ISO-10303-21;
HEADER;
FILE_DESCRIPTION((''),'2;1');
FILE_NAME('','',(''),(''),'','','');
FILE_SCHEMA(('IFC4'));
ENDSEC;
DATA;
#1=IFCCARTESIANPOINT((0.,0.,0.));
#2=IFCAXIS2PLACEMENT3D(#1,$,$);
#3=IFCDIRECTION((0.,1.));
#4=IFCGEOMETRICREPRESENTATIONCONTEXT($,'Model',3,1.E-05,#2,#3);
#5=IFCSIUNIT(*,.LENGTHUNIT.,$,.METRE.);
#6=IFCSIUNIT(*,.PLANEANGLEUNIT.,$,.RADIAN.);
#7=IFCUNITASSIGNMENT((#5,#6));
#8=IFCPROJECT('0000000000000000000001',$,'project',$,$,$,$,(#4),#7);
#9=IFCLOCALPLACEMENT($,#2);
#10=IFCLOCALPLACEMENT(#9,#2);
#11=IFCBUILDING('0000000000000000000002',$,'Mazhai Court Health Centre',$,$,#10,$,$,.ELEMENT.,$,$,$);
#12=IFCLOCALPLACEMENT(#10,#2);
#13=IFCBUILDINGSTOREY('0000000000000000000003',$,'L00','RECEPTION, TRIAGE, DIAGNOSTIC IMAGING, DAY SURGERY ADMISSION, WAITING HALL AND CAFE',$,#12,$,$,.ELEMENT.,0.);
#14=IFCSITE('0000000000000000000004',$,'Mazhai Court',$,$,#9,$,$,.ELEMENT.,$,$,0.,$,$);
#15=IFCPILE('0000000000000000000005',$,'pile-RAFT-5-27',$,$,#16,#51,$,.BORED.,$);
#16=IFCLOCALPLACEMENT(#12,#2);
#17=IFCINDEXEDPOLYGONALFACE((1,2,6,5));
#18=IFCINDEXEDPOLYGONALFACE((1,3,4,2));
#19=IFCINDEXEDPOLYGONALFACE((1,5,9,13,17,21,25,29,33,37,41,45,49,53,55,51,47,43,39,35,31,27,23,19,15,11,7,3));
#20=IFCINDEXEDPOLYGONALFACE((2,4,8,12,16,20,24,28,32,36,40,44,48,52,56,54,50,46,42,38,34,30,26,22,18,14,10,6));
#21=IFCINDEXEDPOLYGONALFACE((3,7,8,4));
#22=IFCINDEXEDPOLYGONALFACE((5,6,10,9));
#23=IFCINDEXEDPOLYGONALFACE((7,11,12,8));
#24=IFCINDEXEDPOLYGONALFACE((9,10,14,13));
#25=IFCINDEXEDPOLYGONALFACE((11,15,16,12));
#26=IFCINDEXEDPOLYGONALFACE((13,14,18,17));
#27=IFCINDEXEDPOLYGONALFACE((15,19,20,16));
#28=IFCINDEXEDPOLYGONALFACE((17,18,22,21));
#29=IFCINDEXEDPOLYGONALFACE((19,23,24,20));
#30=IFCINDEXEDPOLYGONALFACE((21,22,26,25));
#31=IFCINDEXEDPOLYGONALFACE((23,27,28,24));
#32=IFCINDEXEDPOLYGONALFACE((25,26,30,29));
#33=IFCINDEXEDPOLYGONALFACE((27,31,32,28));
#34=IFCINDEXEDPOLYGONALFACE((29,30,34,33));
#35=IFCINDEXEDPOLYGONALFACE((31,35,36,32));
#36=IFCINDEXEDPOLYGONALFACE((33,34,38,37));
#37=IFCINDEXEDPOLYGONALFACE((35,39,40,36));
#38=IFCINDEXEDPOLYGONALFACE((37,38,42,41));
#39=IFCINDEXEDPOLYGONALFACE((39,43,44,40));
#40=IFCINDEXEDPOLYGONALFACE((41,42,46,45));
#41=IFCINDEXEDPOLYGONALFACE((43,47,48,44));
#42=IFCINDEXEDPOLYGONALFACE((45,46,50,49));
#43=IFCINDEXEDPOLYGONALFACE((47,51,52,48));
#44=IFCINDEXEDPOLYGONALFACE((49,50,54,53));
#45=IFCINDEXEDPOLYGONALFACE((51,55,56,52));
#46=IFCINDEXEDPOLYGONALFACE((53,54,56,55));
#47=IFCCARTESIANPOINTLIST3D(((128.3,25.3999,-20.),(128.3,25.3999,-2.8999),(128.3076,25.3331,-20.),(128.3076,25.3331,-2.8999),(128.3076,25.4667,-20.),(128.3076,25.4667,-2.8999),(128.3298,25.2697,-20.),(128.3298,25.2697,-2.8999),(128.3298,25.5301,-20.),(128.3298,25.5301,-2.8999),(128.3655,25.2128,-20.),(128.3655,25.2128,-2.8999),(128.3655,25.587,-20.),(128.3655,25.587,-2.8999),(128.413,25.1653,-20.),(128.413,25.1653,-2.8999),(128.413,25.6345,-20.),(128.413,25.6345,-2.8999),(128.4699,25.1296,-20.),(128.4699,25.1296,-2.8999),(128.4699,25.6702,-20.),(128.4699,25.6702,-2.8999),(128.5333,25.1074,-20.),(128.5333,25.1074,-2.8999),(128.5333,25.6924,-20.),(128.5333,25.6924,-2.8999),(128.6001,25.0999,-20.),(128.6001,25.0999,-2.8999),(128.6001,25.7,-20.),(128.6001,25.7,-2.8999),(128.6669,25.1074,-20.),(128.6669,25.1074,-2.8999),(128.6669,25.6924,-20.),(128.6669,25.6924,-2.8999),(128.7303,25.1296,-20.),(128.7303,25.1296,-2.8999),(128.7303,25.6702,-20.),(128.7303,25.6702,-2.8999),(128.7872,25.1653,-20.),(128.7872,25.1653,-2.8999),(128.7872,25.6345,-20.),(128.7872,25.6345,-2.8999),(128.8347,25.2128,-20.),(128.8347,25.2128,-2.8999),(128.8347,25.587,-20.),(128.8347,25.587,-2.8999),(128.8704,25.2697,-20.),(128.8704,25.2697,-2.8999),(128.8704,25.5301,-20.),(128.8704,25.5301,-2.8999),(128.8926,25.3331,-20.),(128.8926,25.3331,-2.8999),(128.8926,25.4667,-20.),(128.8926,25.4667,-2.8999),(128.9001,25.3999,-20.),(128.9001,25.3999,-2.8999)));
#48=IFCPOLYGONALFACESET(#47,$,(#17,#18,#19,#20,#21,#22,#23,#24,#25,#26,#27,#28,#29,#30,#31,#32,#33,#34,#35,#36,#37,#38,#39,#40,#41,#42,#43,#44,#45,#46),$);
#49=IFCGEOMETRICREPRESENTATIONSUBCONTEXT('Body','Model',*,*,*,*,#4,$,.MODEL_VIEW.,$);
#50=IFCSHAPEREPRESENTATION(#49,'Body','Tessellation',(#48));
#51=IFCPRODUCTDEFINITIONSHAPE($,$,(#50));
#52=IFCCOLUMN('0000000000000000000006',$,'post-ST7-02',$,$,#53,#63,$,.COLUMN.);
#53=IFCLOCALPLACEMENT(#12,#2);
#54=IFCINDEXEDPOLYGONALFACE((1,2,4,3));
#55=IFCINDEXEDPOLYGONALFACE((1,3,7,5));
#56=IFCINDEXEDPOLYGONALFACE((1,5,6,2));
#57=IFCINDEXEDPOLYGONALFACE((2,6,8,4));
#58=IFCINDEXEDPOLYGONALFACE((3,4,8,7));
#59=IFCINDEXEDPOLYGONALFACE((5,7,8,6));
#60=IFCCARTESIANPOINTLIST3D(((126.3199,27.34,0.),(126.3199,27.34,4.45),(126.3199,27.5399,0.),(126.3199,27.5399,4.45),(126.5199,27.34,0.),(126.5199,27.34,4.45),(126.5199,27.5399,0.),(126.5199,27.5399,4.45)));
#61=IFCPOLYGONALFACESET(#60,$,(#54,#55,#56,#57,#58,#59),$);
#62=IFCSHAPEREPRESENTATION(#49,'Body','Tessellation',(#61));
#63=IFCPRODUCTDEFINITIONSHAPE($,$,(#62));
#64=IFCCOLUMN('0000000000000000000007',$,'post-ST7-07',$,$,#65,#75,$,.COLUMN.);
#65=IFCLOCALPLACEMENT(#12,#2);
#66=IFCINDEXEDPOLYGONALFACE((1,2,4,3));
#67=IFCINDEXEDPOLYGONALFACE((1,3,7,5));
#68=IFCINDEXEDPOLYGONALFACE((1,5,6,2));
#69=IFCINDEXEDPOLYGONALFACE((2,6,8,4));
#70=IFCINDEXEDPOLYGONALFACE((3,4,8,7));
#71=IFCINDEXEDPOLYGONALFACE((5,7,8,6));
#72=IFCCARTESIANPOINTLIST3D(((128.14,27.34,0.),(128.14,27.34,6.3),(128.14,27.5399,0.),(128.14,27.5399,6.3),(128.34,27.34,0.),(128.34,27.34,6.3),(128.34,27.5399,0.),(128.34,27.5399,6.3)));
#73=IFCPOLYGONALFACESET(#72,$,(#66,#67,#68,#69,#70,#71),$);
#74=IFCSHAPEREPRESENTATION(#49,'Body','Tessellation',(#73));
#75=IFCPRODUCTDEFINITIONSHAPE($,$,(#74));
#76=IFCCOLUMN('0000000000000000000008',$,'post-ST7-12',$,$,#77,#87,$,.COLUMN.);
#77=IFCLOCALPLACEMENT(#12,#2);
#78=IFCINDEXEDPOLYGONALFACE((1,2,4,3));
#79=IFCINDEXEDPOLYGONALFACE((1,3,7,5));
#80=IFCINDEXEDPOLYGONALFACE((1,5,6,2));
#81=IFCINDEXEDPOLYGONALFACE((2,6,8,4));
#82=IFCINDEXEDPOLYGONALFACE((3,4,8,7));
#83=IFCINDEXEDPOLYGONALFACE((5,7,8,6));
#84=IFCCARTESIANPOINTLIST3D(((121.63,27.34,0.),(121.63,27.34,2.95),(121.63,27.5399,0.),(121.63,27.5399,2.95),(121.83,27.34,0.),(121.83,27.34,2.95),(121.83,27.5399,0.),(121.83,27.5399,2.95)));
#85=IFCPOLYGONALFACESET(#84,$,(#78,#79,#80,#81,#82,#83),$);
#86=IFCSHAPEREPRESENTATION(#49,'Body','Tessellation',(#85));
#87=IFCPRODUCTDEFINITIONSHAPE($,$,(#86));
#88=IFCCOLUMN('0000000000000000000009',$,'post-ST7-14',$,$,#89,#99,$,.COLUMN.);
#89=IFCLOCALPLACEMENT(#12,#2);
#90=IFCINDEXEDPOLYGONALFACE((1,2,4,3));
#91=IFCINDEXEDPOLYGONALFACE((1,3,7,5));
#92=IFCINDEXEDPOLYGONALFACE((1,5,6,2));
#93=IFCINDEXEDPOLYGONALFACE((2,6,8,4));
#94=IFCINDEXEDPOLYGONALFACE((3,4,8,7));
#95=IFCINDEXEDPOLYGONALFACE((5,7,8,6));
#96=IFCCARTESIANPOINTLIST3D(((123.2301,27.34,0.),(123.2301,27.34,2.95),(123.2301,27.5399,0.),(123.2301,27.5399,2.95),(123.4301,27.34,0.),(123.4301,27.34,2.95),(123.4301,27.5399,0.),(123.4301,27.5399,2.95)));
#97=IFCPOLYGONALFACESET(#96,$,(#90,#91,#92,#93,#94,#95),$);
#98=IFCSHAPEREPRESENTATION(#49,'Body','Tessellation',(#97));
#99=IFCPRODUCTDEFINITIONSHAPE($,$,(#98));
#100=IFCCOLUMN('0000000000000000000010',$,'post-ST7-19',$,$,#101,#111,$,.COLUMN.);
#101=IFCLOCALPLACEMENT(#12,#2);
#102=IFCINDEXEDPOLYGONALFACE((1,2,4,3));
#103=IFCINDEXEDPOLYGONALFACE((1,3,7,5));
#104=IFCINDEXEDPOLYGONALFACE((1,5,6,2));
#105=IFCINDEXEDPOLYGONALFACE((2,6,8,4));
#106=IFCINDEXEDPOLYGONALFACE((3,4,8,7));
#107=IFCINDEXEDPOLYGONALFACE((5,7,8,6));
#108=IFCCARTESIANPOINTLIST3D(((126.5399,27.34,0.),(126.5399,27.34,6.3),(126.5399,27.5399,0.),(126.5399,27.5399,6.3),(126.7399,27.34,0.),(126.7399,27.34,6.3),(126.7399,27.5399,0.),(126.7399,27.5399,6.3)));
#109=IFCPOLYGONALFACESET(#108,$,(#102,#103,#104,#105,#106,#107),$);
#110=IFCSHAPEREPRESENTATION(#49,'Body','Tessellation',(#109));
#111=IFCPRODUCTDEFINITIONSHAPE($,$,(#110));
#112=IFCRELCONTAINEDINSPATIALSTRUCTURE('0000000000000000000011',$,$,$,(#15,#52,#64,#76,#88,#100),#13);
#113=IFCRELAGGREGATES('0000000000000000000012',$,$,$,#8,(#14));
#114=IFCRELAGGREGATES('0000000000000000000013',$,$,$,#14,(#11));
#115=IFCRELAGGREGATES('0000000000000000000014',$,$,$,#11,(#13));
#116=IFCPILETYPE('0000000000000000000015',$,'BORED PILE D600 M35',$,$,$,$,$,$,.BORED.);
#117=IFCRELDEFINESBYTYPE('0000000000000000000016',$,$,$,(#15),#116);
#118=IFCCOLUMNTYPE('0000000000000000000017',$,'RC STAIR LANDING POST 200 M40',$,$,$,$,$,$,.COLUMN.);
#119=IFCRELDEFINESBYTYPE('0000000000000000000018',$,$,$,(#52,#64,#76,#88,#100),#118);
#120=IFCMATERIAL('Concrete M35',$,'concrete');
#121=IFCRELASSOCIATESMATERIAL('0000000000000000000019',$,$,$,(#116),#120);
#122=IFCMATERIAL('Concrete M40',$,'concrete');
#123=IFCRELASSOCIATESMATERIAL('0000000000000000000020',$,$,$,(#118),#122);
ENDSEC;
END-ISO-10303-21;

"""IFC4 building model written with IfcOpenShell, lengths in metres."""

from ifc_helpers import new_model, si_unit, direction, frame, origin, origin_2d, place, context, subcontext, project, spatial, rectangle, circle, extrude, material, material_profile, profile_set, type_object, element, save


model = new_model("IFC4")

# Units and contexts
model_context = context("Model", 3, precision=1e-05, world=origin(), true_north=direction((0.0, 1.0)))
body_context = subcontext(model_context, "Body", "Model", "MODEL_VIEW")
ifc_project = project(units=[si_unit("LENGTHUNIT", "METRE"), si_unit("PLANEANGLEUNIT", "RADIAN")], contexts=[model_context])

# Site, building, storey
site_placement = place(None, origin())
site = spatial("IfcSite", under=ifc_project, at=site_placement, Name="Mazhai Court", CompositionType="ELEMENT", RefElevation=0.0)
building_placement = place(site_placement, origin())
building = spatial("IfcBuilding", under=site, at=building_placement, Name="Mazhai Court Health Centre", CompositionType="ELEMENT")
storey_placement = place(building_placement, origin())
storey = spatial("IfcBuildingStorey", under=building, at=storey_placement, Name="L00", Description="RECEPTION, TRIAGE, DIAGNOSTIC IMAGING, DAY SURGERY ADMISSION, WAITING HALL AND CAFE", CompositionType="ELEMENT", Elevation=0.0)

# Pile
ifc_material_1 = material(Name="Concrete M35", Category="concrete")
ifc_material_profile_1 = material_profile(ifc_material_1, circle(Radius=0.3, at=origin_2d()), Name="RC PILE D600")
ifc_profile_set_1 = profile_set([ifc_material_profile_1], Name="Concrete M35")
pile_type = type_object("IfcPileType", Name="BORED PILE D600 M35", PredefinedType="BORED", material=ifc_profile_set_1)
for number, where, z_axis, x_axis, name in (
    (1, (128.6001, 25.3999, -2.8999), (0.0, 0.0, -1.0), (1.0, 0.0, 0.0), "pile-RAFT-5-27"),
):
    element("IfcPile", number, at=place(storey_placement, frame(where, z_axis=z_axis, x_axis=x_axis)), inside=storey, type_object=pile_type, Name=name, PredefinedType="BORED", context=body_context, shape_type="SweptSolid", body=[
        extrude(circle(Radius=0.3, at=origin_2d()), origin(), (0.0, 0.0, 1.0), 17.1001),
    ])

# Columns
ifc_material_2 = material(Name="Concrete M40", Category="concrete")
ifc_material_profile_2 = material_profile(ifc_material_2, rectangle(XDim=0.2, YDim=0.2, at=origin_2d()), Name="RC 200x200")
ifc_profile_set_2 = profile_set([ifc_material_profile_2], Name="Concrete M40")
column_type = type_object("IfcColumnType", Name="RC STAIR LANDING POST 200 M40", PredefinedType="COLUMN", material=ifc_profile_set_2)
column_1_placement = place(storey_placement, frame((126.4199, 27.4399, 0.0), z_axis=(0.0, 0.0, 1.0), x_axis=(1.0, 0.0, 0.0)))
element("IfcColumn", 2, at=column_1_placement, inside=storey, type_object=column_type, Name="post-ST7-02", PredefinedType="COLUMN", context=body_context, shape_type="SweptSolid", body=[
    extrude(rectangle(XDim=0.2, YDim=0.2, at=origin_2d()), origin(), (0.0, 0.0, 1.0), 4.45),
])
column_2_placement = place(storey_placement, frame((128.24, 27.4399, 0.0), z_axis=(0.0, 0.0, 1.0), x_axis=(1.0, 0.0, 0.0)))
element("IfcColumn", 3, at=column_2_placement, inside=storey, type_object=column_type, Name="post-ST7-07", PredefinedType="COLUMN", context=body_context, shape_type="SweptSolid", body=[
    extrude(rectangle(XDim=0.2, YDim=0.2, at=origin_2d()), origin(), (0.0, 0.0, 1.0), 6.3),
])
for number, where, z_axis, x_axis, name in (
    (4, (121.73, 27.4399, 0.0), (0.0, 0.0, 1.0), (1.0, 0.0, 0.0), "post-ST7-12"),
    (5, (123.3301, 27.4399, 0.0), (0.0, 0.0, 1.0), (1.0, 0.0, 0.0), "post-ST7-14"),
):
    element("IfcColumn", number, at=place(storey_placement, frame(where, z_axis=z_axis, x_axis=x_axis)), inside=storey, type_object=column_type, Name=name, PredefinedType="COLUMN", context=body_context, shape_type="SweptSolid", body=[
        extrude(rectangle(XDim=0.2, YDim=0.2, at=origin_2d()), origin(), (0.0, 0.0, 1.0), 2.95),
    ])
column_3_placement = place(storey_placement, frame((126.6399, 27.4399, 0.0), z_axis=(0.0, 0.0, 1.0), x_axis=(1.0, 0.0, 0.0)))
element("IfcColumn", 6, at=column_3_placement, inside=storey, type_object=column_type, Name="post-ST7-19", PredefinedType="COLUMN", context=body_context, shape_type="SweptSolid", body=[
    extrude(rectangle(XDim=0.2, YDim=0.2, at=origin_2d()), origin(), (0.0, 0.0, 1.0), 6.3),
])

save(model, "model.ifc")
